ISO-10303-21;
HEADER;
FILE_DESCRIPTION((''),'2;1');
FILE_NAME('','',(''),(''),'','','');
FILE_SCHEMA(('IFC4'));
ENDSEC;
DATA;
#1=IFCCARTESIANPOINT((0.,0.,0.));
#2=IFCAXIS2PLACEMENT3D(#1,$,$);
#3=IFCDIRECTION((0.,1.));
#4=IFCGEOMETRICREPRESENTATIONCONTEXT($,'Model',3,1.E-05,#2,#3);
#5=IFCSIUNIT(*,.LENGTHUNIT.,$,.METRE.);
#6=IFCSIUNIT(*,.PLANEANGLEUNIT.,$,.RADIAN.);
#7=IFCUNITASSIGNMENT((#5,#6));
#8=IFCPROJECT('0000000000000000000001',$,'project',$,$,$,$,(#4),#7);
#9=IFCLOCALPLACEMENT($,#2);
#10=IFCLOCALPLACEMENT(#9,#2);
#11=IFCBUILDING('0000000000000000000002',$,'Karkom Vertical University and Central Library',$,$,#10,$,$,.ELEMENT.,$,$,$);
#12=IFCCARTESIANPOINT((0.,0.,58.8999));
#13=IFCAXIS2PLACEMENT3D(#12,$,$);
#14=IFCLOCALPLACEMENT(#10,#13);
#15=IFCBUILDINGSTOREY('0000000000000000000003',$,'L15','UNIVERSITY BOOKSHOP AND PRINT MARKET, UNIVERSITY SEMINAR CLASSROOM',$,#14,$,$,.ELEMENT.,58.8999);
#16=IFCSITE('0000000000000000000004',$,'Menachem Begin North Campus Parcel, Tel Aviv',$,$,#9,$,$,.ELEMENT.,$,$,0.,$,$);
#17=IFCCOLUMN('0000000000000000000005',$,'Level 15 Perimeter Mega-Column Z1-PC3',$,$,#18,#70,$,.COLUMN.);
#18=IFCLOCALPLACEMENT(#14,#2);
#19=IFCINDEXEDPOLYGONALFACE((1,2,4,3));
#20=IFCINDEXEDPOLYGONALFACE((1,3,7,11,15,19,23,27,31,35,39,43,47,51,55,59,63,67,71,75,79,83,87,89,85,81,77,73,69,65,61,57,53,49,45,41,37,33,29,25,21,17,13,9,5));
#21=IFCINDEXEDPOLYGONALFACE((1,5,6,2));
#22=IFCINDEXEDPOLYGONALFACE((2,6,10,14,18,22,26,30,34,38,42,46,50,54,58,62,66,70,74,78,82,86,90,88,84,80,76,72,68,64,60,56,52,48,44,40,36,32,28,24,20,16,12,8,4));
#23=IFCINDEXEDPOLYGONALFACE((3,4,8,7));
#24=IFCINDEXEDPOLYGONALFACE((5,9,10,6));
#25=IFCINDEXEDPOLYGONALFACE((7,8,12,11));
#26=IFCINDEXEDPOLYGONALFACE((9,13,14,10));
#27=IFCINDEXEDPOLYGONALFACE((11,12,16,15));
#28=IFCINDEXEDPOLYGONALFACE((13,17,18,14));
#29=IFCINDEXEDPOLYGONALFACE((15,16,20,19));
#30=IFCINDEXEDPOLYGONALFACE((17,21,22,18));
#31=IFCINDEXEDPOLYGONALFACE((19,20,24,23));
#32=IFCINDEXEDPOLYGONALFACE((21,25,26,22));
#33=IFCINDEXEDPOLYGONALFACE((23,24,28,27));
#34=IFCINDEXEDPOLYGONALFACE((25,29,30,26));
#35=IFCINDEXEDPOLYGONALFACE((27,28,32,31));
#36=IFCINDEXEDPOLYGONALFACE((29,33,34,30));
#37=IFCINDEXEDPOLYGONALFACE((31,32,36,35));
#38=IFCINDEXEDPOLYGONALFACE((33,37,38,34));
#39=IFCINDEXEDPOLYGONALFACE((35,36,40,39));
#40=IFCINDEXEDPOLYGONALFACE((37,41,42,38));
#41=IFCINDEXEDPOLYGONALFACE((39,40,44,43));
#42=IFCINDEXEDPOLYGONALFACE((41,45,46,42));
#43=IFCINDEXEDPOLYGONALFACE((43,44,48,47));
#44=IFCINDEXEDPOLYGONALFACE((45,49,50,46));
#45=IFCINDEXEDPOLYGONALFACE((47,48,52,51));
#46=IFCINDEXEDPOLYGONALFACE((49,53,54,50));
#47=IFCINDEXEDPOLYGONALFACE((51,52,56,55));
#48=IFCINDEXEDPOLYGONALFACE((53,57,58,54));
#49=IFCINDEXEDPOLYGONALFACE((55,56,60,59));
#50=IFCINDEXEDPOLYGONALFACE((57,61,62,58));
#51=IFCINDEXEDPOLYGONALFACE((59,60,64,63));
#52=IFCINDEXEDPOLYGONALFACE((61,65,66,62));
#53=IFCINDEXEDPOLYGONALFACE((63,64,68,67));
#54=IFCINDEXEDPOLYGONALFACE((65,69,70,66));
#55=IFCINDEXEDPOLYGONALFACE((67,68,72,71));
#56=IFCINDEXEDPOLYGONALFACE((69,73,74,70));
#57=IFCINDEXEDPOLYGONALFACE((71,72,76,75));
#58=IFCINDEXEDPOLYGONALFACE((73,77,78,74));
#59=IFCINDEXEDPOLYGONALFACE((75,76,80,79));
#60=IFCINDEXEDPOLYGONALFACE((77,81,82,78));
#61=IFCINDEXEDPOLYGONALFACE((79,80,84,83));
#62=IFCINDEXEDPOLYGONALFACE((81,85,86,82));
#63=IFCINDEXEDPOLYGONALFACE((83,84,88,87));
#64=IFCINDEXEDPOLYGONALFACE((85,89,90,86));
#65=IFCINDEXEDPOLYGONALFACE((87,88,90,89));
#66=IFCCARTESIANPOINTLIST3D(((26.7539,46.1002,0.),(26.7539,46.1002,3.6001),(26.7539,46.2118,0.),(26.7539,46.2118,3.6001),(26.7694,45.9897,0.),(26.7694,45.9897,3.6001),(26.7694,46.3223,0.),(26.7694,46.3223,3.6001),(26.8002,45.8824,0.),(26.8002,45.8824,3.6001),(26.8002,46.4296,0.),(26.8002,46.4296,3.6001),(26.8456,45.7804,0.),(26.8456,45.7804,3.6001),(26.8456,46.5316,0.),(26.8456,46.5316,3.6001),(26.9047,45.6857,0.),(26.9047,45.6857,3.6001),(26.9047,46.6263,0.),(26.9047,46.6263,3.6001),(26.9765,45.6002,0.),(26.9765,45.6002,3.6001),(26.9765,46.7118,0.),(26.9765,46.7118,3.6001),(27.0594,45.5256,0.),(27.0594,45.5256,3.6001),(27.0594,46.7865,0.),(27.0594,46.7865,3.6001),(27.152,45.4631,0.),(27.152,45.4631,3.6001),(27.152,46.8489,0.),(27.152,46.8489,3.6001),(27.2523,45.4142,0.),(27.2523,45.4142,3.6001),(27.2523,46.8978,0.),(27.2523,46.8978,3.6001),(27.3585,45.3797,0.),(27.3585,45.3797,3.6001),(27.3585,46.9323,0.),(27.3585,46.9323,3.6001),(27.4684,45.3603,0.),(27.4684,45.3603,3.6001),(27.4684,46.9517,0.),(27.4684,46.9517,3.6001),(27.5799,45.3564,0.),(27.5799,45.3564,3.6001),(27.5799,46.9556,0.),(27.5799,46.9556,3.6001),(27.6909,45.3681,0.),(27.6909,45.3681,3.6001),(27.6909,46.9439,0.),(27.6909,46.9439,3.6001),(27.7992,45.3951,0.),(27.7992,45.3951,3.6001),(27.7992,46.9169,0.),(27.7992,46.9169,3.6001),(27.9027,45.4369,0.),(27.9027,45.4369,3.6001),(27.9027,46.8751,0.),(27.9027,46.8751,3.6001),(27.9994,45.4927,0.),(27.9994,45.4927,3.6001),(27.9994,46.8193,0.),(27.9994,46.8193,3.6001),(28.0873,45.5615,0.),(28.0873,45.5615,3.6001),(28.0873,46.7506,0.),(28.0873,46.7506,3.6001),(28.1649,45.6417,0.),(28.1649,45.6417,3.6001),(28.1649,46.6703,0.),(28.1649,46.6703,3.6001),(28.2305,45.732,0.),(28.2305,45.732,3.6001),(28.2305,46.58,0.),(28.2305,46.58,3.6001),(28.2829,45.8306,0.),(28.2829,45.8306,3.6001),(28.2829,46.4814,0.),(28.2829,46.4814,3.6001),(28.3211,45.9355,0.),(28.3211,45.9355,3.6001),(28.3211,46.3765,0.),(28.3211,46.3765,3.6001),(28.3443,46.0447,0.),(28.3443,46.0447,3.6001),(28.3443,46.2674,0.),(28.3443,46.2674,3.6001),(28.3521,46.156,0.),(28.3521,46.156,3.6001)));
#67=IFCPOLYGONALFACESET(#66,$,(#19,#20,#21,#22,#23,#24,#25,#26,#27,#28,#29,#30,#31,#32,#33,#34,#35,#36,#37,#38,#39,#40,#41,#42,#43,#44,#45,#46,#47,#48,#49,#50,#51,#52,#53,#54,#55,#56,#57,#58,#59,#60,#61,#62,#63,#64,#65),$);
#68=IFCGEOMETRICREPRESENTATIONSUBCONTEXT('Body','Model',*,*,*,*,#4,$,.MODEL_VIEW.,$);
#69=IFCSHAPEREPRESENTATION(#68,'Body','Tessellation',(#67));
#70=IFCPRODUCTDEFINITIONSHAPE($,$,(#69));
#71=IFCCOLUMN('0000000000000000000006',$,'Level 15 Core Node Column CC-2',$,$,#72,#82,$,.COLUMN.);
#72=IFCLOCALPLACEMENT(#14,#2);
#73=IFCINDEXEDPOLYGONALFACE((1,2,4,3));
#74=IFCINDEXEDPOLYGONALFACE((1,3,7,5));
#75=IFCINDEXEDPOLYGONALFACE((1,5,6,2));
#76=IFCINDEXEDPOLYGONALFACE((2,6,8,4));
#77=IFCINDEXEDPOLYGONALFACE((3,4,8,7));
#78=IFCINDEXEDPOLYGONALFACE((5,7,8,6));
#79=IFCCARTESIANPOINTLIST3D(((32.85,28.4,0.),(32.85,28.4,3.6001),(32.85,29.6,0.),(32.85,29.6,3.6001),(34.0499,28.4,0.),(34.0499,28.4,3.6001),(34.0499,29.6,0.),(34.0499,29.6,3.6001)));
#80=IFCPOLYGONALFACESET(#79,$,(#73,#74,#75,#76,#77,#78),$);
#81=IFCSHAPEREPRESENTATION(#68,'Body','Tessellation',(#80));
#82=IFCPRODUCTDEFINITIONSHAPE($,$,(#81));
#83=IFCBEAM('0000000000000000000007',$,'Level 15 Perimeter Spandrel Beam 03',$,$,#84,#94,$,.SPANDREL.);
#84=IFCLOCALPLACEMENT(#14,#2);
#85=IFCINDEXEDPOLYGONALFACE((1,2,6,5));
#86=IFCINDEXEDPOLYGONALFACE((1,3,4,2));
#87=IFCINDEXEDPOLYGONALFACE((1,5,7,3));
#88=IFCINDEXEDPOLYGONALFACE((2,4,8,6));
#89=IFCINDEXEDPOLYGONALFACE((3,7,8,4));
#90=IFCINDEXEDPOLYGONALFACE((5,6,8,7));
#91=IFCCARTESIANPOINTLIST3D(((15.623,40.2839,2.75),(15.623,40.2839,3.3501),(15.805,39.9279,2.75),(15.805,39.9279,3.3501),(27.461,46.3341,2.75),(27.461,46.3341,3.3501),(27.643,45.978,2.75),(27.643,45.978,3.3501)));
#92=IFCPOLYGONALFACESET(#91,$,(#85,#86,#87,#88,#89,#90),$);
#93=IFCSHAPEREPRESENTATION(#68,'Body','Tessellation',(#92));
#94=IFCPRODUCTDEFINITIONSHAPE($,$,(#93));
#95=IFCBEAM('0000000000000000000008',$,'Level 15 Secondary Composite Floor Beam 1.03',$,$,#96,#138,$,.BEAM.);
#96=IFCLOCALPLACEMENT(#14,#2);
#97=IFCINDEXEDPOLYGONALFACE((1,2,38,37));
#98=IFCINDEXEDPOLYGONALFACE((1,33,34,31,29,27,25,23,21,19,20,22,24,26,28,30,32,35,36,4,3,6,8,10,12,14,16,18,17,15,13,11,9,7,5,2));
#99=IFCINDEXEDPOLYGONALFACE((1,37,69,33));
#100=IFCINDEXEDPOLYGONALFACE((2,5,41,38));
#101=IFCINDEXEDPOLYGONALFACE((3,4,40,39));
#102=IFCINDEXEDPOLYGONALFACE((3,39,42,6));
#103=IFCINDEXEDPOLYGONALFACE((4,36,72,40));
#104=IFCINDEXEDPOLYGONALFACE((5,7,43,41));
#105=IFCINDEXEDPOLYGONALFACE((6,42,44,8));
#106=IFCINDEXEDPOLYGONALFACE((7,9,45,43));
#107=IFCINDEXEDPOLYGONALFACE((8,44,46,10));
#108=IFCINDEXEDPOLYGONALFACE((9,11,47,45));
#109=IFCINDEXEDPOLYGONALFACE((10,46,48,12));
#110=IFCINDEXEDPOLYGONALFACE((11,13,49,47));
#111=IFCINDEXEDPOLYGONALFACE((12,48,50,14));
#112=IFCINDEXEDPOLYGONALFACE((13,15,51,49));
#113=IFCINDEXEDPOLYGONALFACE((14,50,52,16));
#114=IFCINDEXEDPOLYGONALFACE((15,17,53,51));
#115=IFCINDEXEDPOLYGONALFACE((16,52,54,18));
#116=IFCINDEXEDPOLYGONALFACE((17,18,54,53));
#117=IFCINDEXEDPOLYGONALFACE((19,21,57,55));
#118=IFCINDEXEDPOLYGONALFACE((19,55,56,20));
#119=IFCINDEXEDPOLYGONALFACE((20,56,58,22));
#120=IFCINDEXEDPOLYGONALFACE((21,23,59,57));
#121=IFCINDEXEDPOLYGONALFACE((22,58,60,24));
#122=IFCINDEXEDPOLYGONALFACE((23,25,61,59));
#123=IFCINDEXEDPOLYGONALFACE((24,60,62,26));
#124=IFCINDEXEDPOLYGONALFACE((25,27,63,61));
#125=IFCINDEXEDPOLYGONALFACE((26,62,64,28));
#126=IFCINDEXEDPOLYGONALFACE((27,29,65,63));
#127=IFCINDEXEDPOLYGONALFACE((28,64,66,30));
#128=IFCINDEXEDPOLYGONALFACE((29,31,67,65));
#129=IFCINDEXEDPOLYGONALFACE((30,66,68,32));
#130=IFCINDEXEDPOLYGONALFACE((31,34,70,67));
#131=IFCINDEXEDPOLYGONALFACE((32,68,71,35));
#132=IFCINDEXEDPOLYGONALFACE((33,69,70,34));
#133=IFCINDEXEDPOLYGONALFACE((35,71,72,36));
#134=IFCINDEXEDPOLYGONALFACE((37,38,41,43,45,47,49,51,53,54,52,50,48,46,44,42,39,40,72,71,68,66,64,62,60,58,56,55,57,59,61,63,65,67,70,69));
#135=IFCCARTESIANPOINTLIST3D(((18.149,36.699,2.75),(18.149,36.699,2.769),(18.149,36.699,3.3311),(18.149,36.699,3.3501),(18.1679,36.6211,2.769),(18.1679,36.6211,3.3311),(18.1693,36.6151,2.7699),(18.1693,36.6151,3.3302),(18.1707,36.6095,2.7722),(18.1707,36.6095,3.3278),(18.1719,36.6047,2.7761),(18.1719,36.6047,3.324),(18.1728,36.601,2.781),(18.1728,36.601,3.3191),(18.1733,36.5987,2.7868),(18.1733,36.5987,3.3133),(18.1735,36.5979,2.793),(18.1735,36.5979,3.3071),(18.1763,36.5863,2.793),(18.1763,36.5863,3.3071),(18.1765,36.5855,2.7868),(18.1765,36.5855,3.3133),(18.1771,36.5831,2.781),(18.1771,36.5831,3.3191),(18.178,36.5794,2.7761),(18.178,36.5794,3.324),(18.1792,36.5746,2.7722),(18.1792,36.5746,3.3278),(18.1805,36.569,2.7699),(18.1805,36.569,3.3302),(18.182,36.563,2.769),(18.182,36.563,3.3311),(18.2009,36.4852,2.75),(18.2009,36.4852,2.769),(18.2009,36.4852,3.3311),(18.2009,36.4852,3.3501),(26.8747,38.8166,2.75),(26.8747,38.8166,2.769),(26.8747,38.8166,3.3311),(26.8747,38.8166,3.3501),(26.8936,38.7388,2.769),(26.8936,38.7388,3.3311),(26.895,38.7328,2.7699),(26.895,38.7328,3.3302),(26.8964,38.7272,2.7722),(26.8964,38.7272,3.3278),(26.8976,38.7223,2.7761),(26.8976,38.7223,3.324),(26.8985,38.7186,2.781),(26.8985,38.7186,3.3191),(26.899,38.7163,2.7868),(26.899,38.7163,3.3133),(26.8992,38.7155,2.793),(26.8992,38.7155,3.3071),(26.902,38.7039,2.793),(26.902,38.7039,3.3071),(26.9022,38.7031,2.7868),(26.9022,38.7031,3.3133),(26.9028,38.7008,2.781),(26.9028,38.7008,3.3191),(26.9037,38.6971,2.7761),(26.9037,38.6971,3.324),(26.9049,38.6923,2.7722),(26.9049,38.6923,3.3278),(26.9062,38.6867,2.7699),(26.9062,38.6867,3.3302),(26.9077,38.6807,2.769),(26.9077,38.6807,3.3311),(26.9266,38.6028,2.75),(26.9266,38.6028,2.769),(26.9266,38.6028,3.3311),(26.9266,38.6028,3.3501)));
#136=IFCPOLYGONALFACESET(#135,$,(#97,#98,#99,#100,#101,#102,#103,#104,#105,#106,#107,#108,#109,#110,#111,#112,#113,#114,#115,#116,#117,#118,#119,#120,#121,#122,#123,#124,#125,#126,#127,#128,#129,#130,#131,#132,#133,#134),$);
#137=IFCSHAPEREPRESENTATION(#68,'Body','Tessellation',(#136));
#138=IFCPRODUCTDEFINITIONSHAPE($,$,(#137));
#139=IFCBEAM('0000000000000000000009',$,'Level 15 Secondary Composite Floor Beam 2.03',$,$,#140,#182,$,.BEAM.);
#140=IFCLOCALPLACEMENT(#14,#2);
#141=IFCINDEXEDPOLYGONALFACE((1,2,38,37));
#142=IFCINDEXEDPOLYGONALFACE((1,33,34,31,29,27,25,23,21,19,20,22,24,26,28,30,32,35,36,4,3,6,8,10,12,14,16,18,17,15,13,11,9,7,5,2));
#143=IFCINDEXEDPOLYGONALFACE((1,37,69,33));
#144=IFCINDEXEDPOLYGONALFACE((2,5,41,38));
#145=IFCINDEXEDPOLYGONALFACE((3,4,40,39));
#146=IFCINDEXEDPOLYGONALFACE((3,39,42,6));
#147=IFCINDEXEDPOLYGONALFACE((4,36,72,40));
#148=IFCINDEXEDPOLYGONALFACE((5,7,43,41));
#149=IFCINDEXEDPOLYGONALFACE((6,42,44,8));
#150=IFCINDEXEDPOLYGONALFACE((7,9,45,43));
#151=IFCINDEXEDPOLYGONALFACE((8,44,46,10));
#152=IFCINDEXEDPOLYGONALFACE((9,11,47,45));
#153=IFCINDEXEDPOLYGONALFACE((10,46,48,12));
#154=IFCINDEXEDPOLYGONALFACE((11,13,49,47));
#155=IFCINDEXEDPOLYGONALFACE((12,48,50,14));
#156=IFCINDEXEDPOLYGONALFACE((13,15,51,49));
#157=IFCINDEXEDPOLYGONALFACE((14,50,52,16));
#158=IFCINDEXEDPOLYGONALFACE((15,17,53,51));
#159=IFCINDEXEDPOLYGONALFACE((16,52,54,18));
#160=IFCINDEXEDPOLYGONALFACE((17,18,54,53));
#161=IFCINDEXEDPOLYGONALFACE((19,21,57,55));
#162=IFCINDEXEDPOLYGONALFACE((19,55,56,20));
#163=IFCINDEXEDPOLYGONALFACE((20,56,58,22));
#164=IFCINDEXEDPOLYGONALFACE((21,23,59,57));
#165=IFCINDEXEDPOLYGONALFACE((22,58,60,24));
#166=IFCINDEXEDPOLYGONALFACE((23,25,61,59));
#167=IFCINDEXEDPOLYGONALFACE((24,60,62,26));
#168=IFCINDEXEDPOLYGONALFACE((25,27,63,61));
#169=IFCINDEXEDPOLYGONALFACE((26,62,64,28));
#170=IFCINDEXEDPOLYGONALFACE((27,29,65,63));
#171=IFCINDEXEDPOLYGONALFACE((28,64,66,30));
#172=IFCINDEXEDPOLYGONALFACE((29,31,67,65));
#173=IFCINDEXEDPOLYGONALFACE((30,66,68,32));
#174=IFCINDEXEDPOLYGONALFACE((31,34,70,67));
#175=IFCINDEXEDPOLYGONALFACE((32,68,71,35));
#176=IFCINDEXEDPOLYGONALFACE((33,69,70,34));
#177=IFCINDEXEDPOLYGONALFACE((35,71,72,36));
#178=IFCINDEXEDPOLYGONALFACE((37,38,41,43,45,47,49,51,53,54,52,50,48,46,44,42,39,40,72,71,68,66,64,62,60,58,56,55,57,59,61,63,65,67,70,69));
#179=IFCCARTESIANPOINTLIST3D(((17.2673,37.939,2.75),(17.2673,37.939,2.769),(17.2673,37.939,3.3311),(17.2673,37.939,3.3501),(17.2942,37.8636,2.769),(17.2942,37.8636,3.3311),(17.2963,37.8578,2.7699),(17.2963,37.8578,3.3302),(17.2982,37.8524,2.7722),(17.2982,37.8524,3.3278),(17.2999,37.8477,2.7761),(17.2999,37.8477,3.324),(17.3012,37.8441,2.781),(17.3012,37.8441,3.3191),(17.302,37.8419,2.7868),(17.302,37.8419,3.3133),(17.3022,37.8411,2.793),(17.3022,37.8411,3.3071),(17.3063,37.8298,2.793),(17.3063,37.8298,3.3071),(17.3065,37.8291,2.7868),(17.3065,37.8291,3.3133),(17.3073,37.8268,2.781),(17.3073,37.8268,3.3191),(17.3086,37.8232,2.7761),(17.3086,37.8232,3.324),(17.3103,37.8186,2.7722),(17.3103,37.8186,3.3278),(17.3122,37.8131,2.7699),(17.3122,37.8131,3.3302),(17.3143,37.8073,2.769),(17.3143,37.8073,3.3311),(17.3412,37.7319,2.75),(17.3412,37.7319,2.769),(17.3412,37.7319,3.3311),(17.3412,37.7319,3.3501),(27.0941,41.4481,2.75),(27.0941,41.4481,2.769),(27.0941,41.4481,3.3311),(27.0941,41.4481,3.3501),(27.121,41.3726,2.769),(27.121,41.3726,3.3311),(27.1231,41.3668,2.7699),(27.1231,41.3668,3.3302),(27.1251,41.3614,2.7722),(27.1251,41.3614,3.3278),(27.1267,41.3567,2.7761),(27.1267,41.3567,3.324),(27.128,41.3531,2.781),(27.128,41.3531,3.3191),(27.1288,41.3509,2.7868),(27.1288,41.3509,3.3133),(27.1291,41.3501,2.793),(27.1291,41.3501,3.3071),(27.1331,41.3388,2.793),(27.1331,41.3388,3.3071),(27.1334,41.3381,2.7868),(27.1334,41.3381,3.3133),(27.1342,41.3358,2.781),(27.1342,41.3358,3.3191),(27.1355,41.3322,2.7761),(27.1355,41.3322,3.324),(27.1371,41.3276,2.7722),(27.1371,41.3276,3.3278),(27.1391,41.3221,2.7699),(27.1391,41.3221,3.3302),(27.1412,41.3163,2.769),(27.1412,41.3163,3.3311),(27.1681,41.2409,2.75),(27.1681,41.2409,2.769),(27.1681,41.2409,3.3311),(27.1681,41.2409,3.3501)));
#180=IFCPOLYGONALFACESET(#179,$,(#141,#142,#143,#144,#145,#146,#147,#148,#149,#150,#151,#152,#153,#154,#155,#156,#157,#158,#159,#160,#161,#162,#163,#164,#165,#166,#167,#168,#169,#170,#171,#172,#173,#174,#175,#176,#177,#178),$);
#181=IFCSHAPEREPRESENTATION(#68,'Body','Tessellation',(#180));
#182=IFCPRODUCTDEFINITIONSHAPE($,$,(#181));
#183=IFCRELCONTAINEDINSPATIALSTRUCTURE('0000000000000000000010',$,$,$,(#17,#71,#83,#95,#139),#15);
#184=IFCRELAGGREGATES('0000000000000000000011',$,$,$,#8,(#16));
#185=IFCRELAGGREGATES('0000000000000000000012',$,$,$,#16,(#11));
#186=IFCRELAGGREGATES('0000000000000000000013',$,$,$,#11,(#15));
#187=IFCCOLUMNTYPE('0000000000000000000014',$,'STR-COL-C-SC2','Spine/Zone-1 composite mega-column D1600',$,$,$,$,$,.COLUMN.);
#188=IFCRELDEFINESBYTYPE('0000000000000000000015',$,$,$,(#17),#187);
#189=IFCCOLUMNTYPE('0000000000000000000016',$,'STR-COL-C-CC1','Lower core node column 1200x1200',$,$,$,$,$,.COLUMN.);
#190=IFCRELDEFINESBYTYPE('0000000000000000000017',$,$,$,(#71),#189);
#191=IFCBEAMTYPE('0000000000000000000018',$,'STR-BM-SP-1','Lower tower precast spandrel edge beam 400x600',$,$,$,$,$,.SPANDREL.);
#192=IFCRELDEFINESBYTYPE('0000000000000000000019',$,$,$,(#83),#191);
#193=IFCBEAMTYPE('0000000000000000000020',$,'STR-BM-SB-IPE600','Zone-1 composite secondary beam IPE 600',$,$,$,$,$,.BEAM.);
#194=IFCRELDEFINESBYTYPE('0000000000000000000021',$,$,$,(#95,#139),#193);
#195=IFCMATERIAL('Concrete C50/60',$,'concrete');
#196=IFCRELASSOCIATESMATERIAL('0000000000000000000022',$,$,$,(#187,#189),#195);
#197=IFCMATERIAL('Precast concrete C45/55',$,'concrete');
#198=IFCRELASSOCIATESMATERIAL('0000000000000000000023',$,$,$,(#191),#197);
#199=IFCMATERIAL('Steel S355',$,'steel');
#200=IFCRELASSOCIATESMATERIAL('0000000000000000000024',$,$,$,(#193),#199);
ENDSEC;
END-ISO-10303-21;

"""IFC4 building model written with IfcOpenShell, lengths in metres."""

from ifc_helpers import new_model, si_unit, direction, frame, origin, origin_with_axes, origin_2d, place, context, subcontext, project, spatial, rectangle, circle, i_section, extrude, source, transform, mapped, material, material_profile, profile_set, type_object, element, save


model = new_model("IFC4")

# Units and contexts
model_context = context("Model", 3, precision=1e-05, world=origin(), true_north=direction((0.0, 1.0)))
body_context = subcontext(model_context, "Body", "Model", "MODEL_VIEW")
ifc_project = project(units=[si_unit("LENGTHUNIT", "METRE"), si_unit("PLANEANGLEUNIT", "RADIAN")], contexts=[model_context])

# Site, building, storey
site_placement = place(None, origin())
site = spatial("IfcSite", under=ifc_project, at=site_placement, Name="Menachem Begin North Campus Parcel, Tel Aviv", CompositionType="ELEMENT", RefElevation=0.0)
building_placement = place(site_placement, origin())
building = spatial("IfcBuilding", under=site, at=building_placement, Name="Karkom Vertical University and Central Library", CompositionType="ELEMENT")
storey_placement = place(building_placement, frame((0.0, 0.0, 58.8999)))
storey = spatial("IfcBuildingStorey", under=building, at=storey_placement, Name="L15", Description="UNIVERSITY BOOKSHOP AND PRINT MARKET, UNIVERSITY SEMINAR CLASSROOM", CompositionType="ELEMENT", Elevation=58.8999)

# Columns
ifc_material_1 = material(Name="Concrete C50/60", Category="concrete")
ifc_material_profile_1 = material_profile(ifc_material_1, circle(Radius=0.8, at=origin_2d()), Name="CFT-D1600")
ifc_profile_set_1 = profile_set([ifc_material_profile_1], Name="Concrete C50/60")
column_type_1 = type_object("IfcColumnType", Name="STR-COL-C-SC2", Description="Spine/Zone-1 composite mega-column D1600", PredefinedType="COLUMN", material=ifc_profile_set_1)
shared_shape_1 = source(origin_with_axes(), body_context, "Body", "SweptSolid", [
    extrude(circle(Radius=0.8, at=origin_2d()), origin(), (0.0, 0.0, 1.0), 3.6001),
])
column_1_placement = place(storey_placement, frame((27.552, 46.156, 0.0), z_axis=(0.0, 0.0, 1.0), x_axis=(1.0, 0.0, 0.0)))
element("IfcColumn", 1, at=column_1_placement, inside=storey, type_object=column_type_1, Name="Level 15 Perimeter Mega-Column Z1-PC3", PredefinedType="COLUMN", context=body_context, shape_type="MappedRepresentation", body=[
    mapped(shared_shape_1, transform((0.0, 0.0, 0.0), scale=1.0)),
])
ifc_material_profile_2 = material_profile(ifc_material_1, rectangle(XDim=1.2, YDim=1.2, at=origin_2d()), Name="RC-1200x1200")
ifc_profile_set_2 = profile_set([ifc_material_profile_2], Name="Concrete C50/60")
column_type_2 = type_object("IfcColumnType", Name="STR-COL-C-CC1", Description="Lower core node column 1200x1200", PredefinedType="COLUMN", material=ifc_profile_set_2)
shared_shape_2 = source(origin_with_axes(), body_context, "Body", "SweptSolid", [
    extrude(rectangle(XDim=1.2, YDim=1.2, at=origin_2d()), origin(), (0.0, 0.0, 1.0), 3.6001),
])
column_2_placement = place(storey_placement, frame((33.45, 29.0, 0.0), z_axis=(0.0, 0.0, 1.0), x_axis=(1.0, 0.0, 0.0)))
element("IfcColumn", 2, at=column_2_placement, inside=storey, type_object=column_type_2, Name="Level 15 Core Node Column CC-2", PredefinedType="COLUMN", context=body_context, shape_type="MappedRepresentation", body=[
    mapped(shared_shape_2, transform((0.0, 0.0, 0.0), scale=1.0)),
])

# Beams
ifc_material_2 = material(Name="Precast concrete C45/55", Category="concrete")
ifc_material_profile_3 = material_profile(ifc_material_2, rectangle(XDim=0.3999, YDim=0.6001, at=origin_2d()), Name="SPB-400x600")
ifc_profile_set_3 = profile_set([ifc_material_profile_3], Name="Precast concrete C45/55")
beam_type_1 = type_object("IfcBeamType", Name="STR-BM-SP-1", Description="Lower tower precast spandrel edge beam 400x600", PredefinedType="SPANDREL", material=ifc_profile_set_3)
shared_shape_3 = source(origin_with_axes(), body_context, "Body", "SweptSolid", [
    extrude(rectangle(XDim=0.3999, YDim=0.6001, at=origin_2d()), origin(), (0.0, 0.0, 1.0), 13.2944),
])
beam_1_placement = place(storey_placement, frame((27.552, 46.156, 3.05), z_axis=(-0.890448, -0.455085, 0.0), x_axis=(0.455085, -0.890448, 0.0)))
element("IfcBeam", 3, at=beam_1_placement, inside=storey, type_object=beam_type_1, Name="Level 15 Perimeter Spandrel Beam 03", PredefinedType="SPANDREL", context=body_context, shape_type="MappedRepresentation", body=[
    mapped(shared_shape_3, transform((0.0, 0.0, 0.0), scale=1.0)),
])
ifc_material_3 = material(Name="Steel S355", Category="steel")
ifc_material_profile_4 = material_profile(ifc_material_3, i_section(OverallWidth=0.22, OverallDepth=0.6001, WebThickness=0.012, FlangeThickness=0.019, FilletRadius=0.0239, at=origin_2d()), Name="IPE 600")
ifc_profile_set_4 = profile_set([ifc_material_profile_4], Name="Steel S355")
beam_type_2 = type_object("IfcBeamType", Name="STR-BM-SB-IPE600", Description="Zone-1 composite secondary beam IPE 600", PredefinedType="BEAM", material=ifc_profile_set_4)
shared_shape_4 = source(origin_with_axes(), body_context, "Body", "SweptSolid", [
    extrude(i_section(OverallWidth=0.22, OverallDepth=0.6001, WebThickness=0.012, FlangeThickness=0.019, FilletRadius=0.0239, at=origin_2d()), origin(), (0.0, 0.0, 1.0), 8.979),
])
beam_2_placement = place(storey_placement, frame((26.9006, 38.7097, 3.05), z_axis=(-0.971791, -0.235844, 0.0), x_axis=(0.235844, -0.971791, 0.0)))
element("IfcBeam", 4, at=beam_2_placement, inside=storey, type_object=beam_type_2, Name="Level 15 Secondary Composite Floor Beam 1.03", PredefinedType="BEAM", context=body_context, shape_type="MappedRepresentation", body=[
    mapped(shared_shape_4, transform((0.0, 0.0, 0.0), scale=1.0)),
])
shared_shape_5 = source(origin_with_axes(), body_context, "Body", "SweptSolid", [
    extrude(i_section(OverallWidth=0.22, OverallDepth=0.6001, WebThickness=0.012, FlangeThickness=0.019, FilletRadius=0.0239, at=origin_2d()), origin(), (0.0, 0.0, 1.0), 10.4346),
])
beam_3_placement = place(storey_placement, frame((27.1311, 41.3445, 3.05), z_axis=(-0.941759, -0.336287, 0.0), x_axis=(0.336287, -0.941759, 0.0)))
element("IfcBeam", 5, at=beam_3_placement, inside=storey, type_object=beam_type_2, Name="Level 15 Secondary Composite Floor Beam 2.03", PredefinedType="BEAM", context=body_context, shape_type="MappedRepresentation", body=[
    mapped(shared_shape_5, transform((0.0, 0.0, 0.0), scale=1.0)),
])

save(model, "model.ifc")
